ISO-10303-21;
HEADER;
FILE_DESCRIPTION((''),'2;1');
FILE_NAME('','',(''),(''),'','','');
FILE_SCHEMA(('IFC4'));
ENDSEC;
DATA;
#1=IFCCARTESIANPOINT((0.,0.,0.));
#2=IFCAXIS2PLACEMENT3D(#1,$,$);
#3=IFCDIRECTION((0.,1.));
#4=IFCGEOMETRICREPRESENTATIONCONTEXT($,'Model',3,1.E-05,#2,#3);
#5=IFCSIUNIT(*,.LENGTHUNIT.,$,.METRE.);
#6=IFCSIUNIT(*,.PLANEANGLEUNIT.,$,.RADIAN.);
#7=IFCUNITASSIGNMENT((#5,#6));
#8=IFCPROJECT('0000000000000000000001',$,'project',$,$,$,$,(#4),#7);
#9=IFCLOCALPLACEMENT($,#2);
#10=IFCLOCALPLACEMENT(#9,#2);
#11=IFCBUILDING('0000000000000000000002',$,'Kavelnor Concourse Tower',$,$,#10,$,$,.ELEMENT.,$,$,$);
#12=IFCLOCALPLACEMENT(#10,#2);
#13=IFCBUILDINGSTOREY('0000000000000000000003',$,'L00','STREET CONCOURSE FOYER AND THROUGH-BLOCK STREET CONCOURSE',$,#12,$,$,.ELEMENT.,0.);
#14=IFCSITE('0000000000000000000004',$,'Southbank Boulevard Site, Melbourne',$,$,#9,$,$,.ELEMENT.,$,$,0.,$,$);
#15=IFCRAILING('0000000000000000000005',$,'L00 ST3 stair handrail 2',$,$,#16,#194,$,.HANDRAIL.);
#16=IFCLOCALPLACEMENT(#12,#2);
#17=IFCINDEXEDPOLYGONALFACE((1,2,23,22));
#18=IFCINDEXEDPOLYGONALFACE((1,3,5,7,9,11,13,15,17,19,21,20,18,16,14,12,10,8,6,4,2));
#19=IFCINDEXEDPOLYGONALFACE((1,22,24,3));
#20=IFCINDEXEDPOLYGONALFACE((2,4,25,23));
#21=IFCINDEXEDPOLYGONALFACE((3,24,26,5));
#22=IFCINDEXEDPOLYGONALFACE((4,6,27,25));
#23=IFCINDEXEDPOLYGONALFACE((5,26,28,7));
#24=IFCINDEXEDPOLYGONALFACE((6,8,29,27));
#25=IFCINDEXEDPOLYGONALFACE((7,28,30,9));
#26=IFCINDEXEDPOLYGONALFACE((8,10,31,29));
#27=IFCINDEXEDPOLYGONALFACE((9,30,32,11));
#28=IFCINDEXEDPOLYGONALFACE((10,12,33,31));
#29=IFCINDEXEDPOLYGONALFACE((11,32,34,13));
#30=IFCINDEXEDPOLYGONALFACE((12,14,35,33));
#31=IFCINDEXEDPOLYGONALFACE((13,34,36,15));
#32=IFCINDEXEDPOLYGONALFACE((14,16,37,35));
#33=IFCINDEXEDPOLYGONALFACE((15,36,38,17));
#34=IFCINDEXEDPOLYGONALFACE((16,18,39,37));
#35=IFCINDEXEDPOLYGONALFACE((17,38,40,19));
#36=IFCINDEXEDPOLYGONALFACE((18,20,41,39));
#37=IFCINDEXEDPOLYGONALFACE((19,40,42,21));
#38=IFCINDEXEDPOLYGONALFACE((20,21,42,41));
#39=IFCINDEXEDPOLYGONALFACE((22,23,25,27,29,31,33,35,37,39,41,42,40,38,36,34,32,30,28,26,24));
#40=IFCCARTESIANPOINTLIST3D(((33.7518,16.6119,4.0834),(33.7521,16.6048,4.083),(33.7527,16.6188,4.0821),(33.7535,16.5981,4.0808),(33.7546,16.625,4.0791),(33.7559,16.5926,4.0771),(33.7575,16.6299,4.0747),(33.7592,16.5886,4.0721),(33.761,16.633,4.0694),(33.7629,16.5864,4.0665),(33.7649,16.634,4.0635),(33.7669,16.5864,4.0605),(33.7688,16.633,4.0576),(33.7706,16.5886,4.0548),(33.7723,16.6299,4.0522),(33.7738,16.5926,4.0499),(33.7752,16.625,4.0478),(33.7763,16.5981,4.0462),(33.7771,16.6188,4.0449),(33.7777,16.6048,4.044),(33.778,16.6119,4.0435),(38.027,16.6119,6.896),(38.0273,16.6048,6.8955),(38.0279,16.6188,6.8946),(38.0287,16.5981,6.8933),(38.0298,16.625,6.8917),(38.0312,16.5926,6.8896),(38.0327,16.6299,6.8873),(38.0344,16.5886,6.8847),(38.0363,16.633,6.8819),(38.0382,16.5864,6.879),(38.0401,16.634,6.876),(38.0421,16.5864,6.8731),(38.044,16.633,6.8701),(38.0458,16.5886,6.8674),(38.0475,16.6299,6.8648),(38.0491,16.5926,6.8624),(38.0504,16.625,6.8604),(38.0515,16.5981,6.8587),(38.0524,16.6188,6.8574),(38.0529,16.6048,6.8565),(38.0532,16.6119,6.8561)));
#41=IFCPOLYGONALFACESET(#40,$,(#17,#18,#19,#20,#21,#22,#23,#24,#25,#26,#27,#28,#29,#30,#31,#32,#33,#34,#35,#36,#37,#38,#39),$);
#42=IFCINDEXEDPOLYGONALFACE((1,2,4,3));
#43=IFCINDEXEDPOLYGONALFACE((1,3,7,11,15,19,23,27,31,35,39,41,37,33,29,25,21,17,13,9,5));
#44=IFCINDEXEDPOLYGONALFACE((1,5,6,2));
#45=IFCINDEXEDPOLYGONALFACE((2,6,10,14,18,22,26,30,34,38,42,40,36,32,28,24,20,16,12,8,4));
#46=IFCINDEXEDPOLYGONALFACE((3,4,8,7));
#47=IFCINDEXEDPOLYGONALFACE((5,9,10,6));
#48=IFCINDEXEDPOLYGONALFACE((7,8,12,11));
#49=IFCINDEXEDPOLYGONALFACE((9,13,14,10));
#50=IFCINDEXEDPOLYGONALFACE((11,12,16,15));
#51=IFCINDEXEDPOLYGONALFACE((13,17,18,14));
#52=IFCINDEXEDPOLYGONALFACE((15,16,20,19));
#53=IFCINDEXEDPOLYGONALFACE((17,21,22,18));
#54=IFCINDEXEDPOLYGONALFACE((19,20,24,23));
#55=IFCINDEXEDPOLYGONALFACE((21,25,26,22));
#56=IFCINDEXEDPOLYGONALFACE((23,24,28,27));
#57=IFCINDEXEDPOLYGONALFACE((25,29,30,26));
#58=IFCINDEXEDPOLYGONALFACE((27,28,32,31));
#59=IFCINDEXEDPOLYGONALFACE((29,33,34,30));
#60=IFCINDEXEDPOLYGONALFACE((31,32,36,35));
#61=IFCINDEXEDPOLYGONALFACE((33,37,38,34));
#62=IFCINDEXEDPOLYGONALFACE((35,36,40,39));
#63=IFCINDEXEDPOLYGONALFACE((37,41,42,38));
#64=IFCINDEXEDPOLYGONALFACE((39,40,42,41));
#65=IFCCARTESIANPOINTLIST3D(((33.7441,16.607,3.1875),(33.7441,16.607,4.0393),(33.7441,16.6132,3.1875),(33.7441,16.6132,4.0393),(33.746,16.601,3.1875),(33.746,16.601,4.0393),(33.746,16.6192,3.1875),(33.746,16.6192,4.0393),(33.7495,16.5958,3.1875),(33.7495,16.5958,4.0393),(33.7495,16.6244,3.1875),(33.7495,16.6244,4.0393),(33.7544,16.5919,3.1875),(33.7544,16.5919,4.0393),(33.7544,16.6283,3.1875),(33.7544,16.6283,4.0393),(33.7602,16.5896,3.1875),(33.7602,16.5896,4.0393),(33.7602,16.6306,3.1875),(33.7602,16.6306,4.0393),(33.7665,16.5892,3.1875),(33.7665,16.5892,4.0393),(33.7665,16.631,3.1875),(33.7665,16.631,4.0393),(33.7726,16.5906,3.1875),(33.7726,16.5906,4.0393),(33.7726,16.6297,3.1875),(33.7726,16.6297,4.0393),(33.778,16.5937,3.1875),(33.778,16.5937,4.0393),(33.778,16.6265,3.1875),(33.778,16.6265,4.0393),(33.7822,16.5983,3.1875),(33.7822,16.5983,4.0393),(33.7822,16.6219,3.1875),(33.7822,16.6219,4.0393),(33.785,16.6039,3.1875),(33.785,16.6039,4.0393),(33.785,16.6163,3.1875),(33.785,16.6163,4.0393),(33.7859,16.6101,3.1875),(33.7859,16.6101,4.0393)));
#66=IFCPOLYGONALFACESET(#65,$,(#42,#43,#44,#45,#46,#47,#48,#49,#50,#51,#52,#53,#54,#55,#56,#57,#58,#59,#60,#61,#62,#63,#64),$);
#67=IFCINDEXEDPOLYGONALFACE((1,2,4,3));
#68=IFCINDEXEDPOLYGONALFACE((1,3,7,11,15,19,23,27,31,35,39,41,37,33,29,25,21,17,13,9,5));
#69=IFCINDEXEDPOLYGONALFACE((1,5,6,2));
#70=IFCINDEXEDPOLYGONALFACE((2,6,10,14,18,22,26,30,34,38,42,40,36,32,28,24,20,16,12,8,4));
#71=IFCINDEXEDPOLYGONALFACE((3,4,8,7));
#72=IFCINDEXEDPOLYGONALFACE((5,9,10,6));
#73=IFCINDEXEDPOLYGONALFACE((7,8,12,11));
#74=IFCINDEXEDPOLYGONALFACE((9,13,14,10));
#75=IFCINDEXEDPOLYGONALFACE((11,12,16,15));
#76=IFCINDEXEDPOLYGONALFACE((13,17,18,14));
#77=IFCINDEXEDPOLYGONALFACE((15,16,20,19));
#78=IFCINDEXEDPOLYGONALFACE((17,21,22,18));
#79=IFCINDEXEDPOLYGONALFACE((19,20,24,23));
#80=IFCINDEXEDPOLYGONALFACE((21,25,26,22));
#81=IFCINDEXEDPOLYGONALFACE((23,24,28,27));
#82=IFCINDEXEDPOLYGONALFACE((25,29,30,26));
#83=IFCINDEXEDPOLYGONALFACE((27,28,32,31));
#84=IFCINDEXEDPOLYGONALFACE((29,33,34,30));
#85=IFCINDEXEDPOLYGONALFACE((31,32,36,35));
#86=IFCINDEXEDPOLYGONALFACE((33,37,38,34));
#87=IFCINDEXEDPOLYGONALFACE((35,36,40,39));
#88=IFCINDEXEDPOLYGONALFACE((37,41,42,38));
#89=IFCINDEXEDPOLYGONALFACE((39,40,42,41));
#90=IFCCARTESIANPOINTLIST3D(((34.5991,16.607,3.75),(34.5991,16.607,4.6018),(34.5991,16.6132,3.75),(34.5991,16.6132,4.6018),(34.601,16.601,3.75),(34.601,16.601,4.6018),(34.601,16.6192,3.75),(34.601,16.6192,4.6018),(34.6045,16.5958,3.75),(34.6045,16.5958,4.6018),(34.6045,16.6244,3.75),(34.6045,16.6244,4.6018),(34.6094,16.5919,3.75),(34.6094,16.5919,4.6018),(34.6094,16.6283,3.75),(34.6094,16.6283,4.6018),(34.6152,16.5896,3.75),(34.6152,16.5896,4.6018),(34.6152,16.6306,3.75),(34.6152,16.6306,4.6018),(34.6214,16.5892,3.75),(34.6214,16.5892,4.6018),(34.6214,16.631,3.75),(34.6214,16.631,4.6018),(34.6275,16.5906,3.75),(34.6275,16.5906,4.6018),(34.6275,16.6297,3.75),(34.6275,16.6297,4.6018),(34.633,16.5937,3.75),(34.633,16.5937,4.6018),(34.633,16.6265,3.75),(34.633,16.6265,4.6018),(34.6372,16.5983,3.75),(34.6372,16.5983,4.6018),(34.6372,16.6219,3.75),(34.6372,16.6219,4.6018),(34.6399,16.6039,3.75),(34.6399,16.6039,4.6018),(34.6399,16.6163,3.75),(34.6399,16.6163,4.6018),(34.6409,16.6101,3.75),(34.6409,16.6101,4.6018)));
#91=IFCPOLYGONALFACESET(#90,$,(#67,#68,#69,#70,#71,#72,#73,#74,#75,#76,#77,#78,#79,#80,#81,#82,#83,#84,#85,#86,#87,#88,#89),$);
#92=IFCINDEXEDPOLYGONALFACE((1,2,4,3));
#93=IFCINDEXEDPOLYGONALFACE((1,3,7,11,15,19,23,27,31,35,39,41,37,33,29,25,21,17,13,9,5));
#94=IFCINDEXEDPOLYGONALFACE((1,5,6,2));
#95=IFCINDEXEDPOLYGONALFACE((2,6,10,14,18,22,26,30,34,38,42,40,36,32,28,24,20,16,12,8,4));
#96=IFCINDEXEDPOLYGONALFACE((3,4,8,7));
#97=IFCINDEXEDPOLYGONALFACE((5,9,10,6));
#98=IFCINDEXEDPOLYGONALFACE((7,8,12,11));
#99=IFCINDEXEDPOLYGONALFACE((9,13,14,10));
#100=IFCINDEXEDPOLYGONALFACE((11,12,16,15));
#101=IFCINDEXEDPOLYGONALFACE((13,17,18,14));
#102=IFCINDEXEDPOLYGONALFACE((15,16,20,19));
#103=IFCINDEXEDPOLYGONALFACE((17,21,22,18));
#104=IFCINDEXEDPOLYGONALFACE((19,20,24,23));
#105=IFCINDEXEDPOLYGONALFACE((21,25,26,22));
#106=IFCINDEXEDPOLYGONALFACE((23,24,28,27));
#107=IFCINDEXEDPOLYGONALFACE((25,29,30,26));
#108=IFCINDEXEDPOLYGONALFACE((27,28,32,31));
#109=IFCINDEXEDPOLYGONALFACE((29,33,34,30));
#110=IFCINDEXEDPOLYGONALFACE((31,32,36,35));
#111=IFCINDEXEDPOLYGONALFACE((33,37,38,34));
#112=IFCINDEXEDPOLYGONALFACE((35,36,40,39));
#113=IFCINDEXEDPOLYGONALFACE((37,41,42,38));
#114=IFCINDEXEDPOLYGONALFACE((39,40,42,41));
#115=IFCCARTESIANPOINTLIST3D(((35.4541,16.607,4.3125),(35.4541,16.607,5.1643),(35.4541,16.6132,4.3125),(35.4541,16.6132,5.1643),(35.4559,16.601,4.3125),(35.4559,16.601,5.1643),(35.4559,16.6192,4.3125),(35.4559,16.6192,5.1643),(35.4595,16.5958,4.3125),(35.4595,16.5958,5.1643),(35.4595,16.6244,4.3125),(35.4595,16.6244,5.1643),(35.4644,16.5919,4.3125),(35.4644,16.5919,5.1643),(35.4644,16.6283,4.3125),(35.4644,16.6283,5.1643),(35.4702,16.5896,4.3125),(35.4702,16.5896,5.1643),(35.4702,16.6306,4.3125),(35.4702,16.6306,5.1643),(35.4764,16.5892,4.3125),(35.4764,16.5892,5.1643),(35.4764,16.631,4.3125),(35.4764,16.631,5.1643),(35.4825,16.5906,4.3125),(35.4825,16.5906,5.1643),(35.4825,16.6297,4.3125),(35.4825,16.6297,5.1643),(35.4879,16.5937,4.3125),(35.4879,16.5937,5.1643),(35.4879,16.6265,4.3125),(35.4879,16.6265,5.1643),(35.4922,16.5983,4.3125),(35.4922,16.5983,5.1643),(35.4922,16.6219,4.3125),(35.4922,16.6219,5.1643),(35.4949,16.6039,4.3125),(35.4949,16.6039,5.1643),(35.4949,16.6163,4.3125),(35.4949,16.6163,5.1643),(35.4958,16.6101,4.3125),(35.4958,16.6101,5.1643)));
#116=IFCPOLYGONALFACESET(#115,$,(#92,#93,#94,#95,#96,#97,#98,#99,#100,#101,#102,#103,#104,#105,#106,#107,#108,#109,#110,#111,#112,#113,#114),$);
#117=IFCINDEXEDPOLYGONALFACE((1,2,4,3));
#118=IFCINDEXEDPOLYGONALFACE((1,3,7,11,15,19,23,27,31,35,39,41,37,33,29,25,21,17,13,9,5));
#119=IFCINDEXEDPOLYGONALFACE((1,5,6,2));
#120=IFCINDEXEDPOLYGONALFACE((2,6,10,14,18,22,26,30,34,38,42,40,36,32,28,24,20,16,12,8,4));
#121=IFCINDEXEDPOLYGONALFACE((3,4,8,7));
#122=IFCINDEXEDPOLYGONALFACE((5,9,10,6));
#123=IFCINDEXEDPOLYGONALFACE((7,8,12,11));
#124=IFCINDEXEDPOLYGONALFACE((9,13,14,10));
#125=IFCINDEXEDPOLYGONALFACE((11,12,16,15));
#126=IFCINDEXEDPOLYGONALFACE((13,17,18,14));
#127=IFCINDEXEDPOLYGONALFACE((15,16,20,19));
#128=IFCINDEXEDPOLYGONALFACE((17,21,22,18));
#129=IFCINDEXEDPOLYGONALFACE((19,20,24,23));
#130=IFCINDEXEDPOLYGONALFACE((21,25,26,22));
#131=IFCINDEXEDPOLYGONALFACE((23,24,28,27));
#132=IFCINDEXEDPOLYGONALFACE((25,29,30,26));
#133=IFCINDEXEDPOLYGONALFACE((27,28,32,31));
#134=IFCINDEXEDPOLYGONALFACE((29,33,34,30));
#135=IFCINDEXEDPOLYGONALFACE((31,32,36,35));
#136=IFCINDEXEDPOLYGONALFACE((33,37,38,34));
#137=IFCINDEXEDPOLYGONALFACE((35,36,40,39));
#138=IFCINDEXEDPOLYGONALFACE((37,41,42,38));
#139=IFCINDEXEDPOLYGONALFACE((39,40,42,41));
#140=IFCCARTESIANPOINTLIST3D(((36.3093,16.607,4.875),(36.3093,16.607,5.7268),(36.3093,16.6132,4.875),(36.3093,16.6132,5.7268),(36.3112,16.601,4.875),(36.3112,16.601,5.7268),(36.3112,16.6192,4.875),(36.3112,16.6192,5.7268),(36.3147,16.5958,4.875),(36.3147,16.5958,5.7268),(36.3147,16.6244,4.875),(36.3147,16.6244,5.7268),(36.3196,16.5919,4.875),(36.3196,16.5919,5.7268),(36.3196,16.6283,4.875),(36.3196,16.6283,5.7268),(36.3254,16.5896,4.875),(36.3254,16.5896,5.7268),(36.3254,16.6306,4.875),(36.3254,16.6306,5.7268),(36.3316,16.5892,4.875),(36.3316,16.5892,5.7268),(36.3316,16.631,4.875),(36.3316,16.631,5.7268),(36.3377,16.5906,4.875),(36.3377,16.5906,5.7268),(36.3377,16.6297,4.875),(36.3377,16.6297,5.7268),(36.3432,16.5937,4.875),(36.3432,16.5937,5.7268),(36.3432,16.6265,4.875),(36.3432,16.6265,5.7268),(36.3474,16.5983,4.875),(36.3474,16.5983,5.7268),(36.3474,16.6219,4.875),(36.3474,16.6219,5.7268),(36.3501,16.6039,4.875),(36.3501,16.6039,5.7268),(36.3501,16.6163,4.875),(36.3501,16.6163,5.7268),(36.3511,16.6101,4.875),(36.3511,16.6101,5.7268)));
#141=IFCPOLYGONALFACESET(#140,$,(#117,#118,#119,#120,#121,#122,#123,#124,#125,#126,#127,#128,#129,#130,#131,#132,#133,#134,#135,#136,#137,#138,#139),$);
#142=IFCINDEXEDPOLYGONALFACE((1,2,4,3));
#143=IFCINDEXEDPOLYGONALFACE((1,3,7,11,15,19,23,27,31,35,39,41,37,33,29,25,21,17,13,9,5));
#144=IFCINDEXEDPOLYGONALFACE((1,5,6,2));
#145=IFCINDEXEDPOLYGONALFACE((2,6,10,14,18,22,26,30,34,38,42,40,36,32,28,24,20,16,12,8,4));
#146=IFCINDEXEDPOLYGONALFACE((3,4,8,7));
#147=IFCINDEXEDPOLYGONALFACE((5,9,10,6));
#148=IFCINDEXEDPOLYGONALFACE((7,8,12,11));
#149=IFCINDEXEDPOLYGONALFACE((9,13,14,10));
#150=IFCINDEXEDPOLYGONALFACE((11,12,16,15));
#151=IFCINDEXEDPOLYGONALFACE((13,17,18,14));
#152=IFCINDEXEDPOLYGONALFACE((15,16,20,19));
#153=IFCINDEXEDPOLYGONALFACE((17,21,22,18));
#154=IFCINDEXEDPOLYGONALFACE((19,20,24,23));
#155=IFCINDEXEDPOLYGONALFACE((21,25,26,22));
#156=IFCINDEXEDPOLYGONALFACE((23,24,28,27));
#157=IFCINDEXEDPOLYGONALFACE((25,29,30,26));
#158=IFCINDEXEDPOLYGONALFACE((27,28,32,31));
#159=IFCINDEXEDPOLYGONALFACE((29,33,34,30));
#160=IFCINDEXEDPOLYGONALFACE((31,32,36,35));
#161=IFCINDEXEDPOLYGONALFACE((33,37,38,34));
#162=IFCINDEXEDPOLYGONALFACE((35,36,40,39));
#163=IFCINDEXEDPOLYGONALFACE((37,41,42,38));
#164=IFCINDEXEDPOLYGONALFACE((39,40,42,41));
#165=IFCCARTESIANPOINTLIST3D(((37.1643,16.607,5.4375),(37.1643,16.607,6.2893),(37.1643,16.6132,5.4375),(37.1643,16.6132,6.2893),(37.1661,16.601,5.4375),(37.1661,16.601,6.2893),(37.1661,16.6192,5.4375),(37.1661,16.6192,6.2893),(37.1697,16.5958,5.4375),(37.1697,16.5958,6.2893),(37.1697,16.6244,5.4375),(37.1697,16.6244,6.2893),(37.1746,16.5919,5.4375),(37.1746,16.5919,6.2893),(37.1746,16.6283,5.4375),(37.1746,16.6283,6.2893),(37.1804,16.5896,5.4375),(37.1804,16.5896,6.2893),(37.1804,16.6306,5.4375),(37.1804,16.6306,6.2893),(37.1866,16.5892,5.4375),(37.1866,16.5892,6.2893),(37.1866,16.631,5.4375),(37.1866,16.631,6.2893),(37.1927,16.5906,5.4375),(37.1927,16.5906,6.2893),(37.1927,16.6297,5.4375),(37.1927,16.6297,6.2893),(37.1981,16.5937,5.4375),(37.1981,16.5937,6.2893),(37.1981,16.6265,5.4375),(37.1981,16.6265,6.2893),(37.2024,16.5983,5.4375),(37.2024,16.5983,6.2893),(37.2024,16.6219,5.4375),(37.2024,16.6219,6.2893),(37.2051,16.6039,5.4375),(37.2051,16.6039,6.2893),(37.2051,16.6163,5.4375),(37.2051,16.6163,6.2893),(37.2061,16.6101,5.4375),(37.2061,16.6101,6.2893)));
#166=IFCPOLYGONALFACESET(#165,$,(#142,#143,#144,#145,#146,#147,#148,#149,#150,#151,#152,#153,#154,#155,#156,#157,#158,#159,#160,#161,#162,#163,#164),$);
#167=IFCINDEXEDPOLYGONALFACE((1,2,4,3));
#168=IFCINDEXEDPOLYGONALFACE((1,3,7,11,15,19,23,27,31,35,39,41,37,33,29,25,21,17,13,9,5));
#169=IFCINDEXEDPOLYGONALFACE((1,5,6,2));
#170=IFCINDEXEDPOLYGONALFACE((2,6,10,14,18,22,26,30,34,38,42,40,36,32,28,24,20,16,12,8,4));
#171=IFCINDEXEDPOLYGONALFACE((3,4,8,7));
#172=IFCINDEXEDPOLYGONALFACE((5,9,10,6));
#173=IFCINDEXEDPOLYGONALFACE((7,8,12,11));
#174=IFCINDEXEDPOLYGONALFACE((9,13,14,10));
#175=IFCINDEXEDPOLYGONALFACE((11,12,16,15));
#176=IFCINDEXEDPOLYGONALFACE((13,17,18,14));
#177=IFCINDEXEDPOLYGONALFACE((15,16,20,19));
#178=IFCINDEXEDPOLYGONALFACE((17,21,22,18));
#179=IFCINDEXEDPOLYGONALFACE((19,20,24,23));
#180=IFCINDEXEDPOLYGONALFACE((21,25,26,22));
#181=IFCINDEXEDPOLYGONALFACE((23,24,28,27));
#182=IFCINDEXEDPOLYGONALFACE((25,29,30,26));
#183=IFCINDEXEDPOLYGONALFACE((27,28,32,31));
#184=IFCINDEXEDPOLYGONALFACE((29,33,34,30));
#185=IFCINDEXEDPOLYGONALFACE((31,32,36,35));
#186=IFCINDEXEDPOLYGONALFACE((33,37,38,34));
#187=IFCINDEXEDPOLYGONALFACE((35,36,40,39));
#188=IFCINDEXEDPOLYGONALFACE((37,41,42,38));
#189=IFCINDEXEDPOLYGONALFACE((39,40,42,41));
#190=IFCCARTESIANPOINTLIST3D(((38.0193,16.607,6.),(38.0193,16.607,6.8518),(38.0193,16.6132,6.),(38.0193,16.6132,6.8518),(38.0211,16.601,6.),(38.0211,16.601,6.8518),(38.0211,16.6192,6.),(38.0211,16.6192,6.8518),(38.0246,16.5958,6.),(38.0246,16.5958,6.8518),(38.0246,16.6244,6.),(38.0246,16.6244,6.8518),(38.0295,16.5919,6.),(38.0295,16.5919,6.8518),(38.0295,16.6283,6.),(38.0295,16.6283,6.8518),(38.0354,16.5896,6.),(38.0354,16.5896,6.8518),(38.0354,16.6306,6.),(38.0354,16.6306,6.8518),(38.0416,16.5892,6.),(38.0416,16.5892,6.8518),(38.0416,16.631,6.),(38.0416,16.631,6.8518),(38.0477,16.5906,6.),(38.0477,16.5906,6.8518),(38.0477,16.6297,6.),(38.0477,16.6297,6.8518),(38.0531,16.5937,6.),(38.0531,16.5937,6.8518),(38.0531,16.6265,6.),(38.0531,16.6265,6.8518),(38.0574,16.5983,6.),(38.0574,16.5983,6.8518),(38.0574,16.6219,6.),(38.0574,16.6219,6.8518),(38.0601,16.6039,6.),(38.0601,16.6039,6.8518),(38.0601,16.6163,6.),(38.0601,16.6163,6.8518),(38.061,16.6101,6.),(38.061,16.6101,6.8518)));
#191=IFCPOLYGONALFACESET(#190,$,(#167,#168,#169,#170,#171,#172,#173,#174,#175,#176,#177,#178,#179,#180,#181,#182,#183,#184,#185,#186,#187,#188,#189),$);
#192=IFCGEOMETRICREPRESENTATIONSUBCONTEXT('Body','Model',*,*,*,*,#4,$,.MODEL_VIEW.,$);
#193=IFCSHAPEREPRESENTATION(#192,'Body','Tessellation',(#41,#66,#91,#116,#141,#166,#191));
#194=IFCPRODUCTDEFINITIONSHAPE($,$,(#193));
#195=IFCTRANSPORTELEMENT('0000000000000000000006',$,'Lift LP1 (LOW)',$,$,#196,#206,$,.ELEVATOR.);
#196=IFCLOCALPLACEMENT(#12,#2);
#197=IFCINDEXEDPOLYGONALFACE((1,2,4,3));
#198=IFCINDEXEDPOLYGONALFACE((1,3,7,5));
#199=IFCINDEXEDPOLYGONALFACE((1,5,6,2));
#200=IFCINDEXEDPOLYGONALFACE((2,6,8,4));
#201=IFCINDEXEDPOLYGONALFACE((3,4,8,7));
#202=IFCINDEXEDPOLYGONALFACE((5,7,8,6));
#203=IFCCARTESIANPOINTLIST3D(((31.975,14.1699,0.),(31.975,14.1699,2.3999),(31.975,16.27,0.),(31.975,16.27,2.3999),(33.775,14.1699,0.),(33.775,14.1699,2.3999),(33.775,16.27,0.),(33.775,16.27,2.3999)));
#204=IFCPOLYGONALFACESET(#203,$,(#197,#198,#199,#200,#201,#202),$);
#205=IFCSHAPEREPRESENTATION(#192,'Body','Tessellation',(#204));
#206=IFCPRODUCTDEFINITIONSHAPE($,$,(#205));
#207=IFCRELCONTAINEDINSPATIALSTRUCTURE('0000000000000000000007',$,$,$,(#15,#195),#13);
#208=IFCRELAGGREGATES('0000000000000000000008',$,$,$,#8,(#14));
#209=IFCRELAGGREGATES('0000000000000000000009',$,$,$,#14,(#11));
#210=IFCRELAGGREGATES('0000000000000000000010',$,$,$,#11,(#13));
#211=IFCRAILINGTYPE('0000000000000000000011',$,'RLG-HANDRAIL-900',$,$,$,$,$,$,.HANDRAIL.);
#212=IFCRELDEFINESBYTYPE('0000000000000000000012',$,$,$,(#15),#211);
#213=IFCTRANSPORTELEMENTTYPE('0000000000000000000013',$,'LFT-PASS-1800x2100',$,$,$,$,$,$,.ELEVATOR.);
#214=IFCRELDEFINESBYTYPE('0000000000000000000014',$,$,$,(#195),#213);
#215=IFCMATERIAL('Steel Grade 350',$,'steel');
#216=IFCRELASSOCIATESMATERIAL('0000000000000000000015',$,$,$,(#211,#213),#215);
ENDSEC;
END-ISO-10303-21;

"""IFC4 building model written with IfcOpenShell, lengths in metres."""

from ifc_helpers import new_model, si_unit, direction, frame, origin, origin_2d, place, context, subcontext, project, spatial, rectangle, circle, extrude, material, type_object, element, save


model = new_model("IFC4")

# Units and contexts
model_context = context("Model", 3, precision=1e-05, world=origin(), true_north=direction((0.0, 1.0)))
body_context = subcontext(model_context, "Body", "Model", "MODEL_VIEW")
ifc_project = project(units=[si_unit("LENGTHUNIT", "METRE"), si_unit("PLANEANGLEUNIT", "RADIAN")], contexts=[model_context])

# Site, building, storey
site_placement = place(None, origin())
site = spatial("IfcSite", under=ifc_project, at=site_placement, Name="Southbank Boulevard Site, Melbourne", CompositionType="ELEMENT", RefElevation=0.0)
building_placement = place(site_placement, origin())
building = spatial("IfcBuilding", under=site, at=building_placement, Name="Kavelnor Concourse Tower", CompositionType="ELEMENT")
storey_placement = place(building_placement, origin())
storey = spatial("IfcBuildingStorey", under=building, at=storey_placement, Name="L00", Description="STREET CONCOURSE FOYER AND THROUGH-BLOCK STREET CONCOURSE", CompositionType="ELEMENT", Elevation=0.0)

# Shared definitions
ifc_material_1 = material(Name="Steel Grade 350", Category="steel")

# Railing
railing_type_1 = type_object("IfcRailingType", Name="RLG-HANDRAIL-900", PredefinedType="HANDRAIL", material=ifc_material_1)
railing_1_placement = place(storey_placement, frame((33.7649, 16.6101, 3.1875)))
element("IfcRailing", 1, at=railing_1_placement, inside=storey, type_object=railing_type_1, Name="L00 ST3 stair handrail 2", PredefinedType="HANDRAIL", context=body_context, shape_type="SweptSolid", body=[
    extrude(circle(Radius=0.0239, at=origin_2d()), frame((0.0, 0.0, 0.876), z_axis=(0.835426, 0.0, 0.549603), x_axis=(0.0, 1.0, 0.0)), (0.0, 0.0, 1.0), 5.1174),
    extrude(circle(Radius=0.021, at=origin_2d()), origin(), (0.0, 0.0, 1.0), 0.8518),
    extrude(circle(Radius=0.021, at=origin_2d()), frame((0.855, 0.0, 0.5625)), (0.0, 0.0, 1.0), 0.8518),
    extrude(circle(Radius=0.021, at=origin_2d()), frame((1.71, 0.0, 1.125)), (0.0, 0.0, 1.0), 0.8518),
    extrude(circle(Radius=0.021, at=origin_2d()), frame((2.5652, 0.0, 1.6875)), (0.0, 0.0, 1.0), 0.8518),
    extrude(circle(Radius=0.021, at=origin_2d()), frame((3.4202, 0.0, 2.25)), (0.0, 0.0, 1.0), 0.8518),
    extrude(circle(Radius=0.021, at=origin_2d()), frame((4.2751, 0.0, 2.8125)), (0.0, 0.0, 1.0), 0.8518),
])

# Transport element
transport_element_type = type_object("IfcTransportElementType", Name="LFT-PASS-1800x2100", PredefinedType="ELEVATOR", material=ifc_material_1)
transport_element_placement = place(storey_placement, frame((32.875, 15.22, 0.0), z_axis=(0.0, 0.0, 1.0), x_axis=(1.0, 0.0, 0.0)))
element("IfcTransportElement", 2, at=transport_element_placement, inside=storey, type_object=transport_element_type, Name="Lift LP1 (LOW)", PredefinedType="ELEVATOR", context=body_context, shape_type="SweptSolid", body=[
    extrude(rectangle(XDim=1.8, YDim=2.1001, at=origin_2d()), origin(), (0.0, 0.0, 1.0), 2.3999),
])

save(model, "model.ifc")
